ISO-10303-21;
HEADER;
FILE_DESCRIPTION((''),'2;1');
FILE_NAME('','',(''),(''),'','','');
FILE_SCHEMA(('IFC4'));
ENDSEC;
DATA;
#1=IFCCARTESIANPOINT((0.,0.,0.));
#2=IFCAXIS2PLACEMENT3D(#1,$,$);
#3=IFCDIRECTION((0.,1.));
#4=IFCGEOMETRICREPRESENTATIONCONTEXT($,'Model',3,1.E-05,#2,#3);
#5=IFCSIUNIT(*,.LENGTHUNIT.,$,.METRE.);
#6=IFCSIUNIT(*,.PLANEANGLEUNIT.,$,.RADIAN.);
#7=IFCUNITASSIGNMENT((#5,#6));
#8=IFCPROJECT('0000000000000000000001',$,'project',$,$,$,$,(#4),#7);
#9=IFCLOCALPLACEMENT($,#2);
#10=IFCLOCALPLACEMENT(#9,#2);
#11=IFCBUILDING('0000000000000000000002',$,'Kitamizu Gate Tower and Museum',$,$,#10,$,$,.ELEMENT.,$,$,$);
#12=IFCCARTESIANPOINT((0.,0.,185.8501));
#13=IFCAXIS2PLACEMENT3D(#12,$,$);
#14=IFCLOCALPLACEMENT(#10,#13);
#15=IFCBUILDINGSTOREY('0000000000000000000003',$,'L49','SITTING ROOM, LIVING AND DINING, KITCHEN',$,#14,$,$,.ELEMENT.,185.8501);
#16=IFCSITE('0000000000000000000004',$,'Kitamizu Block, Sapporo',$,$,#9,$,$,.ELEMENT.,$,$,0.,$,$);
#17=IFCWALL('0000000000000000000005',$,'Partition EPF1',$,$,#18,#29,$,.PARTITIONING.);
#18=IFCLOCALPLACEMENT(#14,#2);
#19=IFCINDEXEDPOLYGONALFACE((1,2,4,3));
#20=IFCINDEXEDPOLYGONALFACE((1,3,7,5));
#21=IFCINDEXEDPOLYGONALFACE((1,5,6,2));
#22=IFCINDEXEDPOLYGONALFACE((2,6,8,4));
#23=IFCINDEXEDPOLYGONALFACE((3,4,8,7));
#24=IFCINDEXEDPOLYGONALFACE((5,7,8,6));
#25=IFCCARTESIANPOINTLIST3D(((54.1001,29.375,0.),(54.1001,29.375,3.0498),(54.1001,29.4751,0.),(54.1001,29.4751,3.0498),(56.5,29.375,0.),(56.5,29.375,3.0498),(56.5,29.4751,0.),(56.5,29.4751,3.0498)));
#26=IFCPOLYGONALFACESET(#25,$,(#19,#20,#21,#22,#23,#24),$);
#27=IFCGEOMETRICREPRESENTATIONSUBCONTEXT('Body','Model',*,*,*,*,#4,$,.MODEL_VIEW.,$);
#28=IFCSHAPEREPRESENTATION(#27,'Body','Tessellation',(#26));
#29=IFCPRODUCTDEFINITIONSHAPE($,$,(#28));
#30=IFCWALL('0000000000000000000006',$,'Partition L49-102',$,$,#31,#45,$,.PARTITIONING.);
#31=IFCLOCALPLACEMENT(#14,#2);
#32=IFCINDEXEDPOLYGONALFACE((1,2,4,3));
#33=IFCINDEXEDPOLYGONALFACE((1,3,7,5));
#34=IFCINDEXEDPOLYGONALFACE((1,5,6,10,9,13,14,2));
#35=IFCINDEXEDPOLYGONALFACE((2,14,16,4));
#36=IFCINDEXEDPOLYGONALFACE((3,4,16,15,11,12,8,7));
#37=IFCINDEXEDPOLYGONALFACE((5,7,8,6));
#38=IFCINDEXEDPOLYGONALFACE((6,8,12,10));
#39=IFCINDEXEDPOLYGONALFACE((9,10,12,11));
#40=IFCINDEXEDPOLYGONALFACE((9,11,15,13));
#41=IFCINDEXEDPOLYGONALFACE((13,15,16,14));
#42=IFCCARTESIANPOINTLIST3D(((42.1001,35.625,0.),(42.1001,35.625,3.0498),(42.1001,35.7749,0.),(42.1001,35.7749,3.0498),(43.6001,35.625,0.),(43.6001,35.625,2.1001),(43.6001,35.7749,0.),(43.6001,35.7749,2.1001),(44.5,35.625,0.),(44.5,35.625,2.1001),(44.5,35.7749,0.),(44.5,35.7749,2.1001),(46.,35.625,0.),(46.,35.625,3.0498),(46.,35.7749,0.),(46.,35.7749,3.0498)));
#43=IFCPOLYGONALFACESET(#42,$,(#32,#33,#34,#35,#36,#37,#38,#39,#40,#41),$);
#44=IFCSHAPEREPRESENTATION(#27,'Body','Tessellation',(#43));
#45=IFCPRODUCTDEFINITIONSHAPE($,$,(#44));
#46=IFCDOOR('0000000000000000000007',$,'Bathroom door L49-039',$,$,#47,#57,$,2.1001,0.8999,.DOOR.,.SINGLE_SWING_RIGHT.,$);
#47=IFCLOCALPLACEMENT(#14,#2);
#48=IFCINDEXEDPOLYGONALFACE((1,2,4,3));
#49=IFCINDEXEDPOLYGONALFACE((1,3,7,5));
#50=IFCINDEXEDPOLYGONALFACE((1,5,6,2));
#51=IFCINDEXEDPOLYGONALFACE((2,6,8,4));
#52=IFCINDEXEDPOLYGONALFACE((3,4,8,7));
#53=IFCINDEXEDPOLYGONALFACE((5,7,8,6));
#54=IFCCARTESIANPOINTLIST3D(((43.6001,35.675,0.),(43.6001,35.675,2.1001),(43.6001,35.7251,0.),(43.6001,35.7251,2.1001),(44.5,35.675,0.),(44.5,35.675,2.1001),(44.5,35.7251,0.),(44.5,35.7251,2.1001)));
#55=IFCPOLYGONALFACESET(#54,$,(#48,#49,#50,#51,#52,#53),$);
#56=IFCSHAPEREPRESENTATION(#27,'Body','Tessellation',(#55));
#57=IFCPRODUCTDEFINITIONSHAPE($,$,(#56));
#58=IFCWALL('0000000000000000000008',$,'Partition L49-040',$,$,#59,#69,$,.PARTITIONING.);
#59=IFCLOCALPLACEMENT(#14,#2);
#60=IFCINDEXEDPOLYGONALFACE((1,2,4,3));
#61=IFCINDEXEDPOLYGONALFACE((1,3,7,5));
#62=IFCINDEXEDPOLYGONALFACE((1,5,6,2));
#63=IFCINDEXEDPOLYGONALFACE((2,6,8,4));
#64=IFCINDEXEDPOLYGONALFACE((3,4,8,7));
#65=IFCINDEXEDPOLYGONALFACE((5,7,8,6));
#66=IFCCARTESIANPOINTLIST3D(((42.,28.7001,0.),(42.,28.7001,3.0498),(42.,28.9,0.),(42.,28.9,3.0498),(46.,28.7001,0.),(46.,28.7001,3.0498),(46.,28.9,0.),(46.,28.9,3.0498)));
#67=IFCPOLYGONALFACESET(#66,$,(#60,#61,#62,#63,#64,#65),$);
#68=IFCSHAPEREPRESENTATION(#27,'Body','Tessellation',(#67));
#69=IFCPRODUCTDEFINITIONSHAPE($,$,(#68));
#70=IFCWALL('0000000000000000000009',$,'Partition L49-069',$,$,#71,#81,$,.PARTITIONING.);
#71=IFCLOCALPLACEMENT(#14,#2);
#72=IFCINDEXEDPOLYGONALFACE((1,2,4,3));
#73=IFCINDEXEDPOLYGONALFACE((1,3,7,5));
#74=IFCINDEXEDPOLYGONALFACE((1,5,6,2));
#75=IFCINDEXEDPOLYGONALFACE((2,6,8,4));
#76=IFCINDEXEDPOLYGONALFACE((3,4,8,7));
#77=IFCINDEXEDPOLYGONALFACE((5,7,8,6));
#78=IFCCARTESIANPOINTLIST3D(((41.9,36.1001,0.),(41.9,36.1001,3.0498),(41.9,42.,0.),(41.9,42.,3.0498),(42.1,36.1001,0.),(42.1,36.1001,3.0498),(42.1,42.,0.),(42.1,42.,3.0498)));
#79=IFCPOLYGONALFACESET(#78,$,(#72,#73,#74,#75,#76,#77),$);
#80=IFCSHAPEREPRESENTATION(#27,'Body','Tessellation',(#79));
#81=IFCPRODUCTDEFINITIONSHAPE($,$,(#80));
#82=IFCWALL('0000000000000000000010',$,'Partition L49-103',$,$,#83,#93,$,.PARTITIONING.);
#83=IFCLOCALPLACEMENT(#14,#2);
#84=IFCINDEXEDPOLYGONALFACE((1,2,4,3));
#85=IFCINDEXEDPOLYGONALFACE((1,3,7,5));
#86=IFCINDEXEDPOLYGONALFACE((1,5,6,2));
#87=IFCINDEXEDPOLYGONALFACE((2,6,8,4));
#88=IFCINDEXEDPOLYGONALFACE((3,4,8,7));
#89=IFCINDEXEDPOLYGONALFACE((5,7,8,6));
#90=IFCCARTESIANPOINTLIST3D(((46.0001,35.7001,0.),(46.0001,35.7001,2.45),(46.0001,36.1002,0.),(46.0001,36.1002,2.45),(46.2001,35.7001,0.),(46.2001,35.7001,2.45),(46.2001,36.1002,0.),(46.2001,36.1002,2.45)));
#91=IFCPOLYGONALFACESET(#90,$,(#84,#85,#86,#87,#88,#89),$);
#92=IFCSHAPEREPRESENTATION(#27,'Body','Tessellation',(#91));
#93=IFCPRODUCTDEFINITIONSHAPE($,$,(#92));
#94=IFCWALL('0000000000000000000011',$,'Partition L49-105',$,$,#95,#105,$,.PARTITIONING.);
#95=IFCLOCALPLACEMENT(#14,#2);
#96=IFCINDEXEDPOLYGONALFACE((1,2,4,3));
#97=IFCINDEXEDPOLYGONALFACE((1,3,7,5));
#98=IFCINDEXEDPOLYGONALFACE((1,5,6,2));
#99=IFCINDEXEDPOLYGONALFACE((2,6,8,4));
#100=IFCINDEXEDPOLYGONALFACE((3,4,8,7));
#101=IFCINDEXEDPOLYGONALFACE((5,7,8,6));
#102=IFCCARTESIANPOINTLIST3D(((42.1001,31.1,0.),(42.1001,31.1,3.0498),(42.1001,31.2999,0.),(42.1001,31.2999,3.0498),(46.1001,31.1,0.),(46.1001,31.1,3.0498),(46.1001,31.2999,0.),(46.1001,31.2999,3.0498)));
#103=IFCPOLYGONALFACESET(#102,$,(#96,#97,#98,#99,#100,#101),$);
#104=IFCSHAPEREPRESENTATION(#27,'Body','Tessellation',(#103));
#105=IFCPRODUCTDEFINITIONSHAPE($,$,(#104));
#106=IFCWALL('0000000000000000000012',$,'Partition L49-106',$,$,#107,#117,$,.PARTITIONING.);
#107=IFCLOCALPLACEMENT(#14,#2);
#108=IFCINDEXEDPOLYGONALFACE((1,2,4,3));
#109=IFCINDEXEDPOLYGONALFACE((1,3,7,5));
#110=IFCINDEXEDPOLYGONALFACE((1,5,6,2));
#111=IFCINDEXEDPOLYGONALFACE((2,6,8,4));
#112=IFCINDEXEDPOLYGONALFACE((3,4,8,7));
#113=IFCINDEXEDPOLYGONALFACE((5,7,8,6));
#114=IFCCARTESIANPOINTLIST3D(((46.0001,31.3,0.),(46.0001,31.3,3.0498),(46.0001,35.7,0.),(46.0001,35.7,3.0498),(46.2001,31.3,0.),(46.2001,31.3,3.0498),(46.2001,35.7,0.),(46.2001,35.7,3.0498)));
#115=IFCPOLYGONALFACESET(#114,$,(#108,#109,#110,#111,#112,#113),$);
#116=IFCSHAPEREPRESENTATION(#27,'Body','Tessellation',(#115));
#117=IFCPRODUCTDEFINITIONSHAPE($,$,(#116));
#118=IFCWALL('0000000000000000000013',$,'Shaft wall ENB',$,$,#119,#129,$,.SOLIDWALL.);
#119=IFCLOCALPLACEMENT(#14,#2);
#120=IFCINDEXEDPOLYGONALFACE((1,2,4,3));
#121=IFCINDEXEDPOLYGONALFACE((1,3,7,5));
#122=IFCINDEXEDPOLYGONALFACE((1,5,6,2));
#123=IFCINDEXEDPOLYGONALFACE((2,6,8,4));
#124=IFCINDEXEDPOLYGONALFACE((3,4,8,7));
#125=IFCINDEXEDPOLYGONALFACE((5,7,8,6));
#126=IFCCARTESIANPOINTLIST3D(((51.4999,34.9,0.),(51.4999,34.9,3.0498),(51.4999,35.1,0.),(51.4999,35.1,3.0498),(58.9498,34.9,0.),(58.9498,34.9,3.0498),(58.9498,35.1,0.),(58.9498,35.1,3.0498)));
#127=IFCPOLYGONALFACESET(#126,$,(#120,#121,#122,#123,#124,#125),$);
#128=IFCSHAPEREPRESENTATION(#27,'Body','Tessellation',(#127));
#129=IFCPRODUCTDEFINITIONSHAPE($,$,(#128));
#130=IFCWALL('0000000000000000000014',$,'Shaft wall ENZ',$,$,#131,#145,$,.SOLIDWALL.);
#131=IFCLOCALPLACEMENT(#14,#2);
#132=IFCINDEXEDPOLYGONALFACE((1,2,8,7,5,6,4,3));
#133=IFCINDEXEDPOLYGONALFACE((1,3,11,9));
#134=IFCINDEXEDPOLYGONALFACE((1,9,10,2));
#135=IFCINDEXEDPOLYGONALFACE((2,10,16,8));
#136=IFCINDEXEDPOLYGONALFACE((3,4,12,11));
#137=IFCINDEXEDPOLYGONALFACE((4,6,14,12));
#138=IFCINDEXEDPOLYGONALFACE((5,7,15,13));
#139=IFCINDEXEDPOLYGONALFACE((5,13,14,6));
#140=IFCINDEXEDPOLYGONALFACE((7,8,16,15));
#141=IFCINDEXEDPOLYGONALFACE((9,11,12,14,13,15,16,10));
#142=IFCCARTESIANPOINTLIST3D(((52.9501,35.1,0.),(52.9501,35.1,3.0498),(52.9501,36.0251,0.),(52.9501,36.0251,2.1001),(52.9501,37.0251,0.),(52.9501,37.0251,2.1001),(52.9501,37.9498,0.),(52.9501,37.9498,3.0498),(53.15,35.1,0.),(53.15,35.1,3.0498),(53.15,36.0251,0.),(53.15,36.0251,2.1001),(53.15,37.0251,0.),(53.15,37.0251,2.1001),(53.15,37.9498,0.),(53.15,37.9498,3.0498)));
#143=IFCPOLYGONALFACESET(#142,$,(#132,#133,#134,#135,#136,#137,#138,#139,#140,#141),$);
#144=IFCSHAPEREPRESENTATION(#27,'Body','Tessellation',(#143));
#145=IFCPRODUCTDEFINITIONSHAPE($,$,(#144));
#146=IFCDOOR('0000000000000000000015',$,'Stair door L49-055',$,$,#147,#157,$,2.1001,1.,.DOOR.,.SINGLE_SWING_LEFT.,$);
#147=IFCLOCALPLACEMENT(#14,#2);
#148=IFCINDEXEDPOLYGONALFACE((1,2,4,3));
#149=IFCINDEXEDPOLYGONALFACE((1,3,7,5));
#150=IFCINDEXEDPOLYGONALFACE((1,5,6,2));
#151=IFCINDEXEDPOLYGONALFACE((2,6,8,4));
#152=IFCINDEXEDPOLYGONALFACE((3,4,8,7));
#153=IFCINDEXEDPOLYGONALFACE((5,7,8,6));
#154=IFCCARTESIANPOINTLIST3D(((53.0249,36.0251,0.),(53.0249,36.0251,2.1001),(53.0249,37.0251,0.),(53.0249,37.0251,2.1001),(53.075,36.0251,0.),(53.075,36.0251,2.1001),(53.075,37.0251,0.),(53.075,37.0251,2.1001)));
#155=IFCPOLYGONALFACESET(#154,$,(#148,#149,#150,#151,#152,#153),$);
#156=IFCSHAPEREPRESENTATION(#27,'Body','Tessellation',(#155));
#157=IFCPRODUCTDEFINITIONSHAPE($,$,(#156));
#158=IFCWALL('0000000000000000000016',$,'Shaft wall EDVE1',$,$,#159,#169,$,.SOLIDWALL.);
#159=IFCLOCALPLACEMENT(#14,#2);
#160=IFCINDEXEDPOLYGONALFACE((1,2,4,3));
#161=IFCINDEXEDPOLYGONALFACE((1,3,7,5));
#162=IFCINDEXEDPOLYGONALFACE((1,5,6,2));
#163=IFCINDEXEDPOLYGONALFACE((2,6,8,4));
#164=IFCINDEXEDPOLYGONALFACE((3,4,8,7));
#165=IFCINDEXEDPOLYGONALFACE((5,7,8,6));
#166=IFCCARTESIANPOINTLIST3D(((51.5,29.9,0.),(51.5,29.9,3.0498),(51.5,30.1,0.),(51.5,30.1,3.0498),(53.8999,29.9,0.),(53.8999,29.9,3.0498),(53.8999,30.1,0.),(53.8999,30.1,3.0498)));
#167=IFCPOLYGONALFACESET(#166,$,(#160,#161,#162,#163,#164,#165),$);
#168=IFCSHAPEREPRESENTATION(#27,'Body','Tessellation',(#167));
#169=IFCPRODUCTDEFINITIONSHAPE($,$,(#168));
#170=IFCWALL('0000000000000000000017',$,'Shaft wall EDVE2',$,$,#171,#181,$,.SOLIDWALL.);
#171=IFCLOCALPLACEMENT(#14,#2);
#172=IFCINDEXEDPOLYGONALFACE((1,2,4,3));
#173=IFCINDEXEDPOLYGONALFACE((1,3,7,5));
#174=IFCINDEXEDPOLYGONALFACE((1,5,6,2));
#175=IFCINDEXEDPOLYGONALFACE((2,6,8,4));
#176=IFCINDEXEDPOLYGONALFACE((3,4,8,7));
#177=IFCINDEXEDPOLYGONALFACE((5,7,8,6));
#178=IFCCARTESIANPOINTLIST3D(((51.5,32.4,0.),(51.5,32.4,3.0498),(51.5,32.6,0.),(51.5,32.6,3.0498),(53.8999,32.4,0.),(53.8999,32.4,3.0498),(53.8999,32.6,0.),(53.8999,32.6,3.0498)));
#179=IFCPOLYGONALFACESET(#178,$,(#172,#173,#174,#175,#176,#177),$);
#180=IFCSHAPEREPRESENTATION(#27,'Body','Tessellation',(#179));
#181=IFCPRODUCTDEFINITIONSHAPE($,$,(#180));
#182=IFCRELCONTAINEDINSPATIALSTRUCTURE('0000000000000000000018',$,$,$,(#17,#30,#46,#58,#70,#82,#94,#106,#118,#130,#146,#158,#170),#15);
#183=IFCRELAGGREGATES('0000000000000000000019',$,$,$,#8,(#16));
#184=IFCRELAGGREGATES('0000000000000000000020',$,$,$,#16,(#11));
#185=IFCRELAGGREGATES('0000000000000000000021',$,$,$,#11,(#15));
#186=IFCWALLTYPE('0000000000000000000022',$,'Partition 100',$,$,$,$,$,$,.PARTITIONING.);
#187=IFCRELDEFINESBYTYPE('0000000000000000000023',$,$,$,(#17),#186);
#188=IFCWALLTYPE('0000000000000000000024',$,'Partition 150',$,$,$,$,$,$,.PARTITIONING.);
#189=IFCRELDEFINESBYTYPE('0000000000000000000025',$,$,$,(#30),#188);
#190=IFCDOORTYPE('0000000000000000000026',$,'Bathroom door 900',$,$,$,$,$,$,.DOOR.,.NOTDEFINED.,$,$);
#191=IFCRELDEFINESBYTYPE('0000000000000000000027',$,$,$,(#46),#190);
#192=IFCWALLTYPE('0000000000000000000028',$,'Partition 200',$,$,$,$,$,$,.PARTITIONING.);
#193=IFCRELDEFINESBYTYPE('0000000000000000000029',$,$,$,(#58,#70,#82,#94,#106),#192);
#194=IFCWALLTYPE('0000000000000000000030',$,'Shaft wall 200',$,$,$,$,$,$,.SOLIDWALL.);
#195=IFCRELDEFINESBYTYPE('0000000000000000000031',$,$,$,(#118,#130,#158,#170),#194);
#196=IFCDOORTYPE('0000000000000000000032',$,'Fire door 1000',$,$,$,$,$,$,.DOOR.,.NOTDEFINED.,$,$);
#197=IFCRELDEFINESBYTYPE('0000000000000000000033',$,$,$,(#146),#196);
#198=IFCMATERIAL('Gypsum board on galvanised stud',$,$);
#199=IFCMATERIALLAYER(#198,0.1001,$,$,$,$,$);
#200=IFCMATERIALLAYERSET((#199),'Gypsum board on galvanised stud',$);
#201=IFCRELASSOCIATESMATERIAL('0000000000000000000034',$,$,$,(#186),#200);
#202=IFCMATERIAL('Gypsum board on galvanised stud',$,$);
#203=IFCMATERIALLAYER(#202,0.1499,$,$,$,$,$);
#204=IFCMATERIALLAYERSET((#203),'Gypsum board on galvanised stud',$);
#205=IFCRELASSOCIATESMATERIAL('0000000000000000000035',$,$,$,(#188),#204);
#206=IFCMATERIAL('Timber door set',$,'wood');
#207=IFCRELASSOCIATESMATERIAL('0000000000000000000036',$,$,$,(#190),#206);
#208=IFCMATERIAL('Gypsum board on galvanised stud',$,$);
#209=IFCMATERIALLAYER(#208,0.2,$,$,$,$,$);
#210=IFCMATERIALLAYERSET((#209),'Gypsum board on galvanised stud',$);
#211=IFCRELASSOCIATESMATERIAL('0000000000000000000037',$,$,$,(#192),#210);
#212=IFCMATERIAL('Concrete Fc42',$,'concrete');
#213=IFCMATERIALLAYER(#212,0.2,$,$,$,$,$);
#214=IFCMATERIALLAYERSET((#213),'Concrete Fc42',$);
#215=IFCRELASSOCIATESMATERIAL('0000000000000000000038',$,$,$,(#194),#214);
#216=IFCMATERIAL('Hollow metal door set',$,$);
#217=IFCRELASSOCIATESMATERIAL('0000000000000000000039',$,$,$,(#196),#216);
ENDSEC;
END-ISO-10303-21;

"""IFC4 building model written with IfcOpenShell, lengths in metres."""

from ifc_helpers import new_model, si_unit, direction, frame, frame_2d, origin, place, context, subcontext, project, spatial, rectangle, extrude, material, layer, layer_set, type_object, element, fill, save


model = new_model("IFC4")

# Units and contexts
model_context = context("Model", 3, precision=1e-05, world=origin(), true_north=direction((0.0, 1.0)))
body_context = subcontext(model_context, "Body", "Model", "MODEL_VIEW")
ifc_project = project(units=[si_unit("LENGTHUNIT", "METRE"), si_unit("PLANEANGLEUNIT", "RADIAN")], contexts=[model_context])

# Site, building, storey
site_placement = place(None, origin())
site = spatial("IfcSite", under=ifc_project, at=site_placement, Name="Kitamizu Block, Sapporo", CompositionType="ELEMENT", RefElevation=0.0)
building_placement = place(site_placement, origin())
building = spatial("IfcBuilding", under=site, at=building_placement, Name="Kitamizu Gate Tower and Museum", CompositionType="ELEMENT")
storey_placement = place(building_placement, frame((0.0, 0.0, 185.8501)))
storey = spatial("IfcBuildingStorey", under=building, at=storey_placement, Name="L49", Description="SITTING ROOM, LIVING AND DINING, KITCHEN", CompositionType="ELEMENT", Elevation=185.8501)

# Wall
ifc_material_1 = material(Name="Gypsum board on galvanised stud")
ifc_layer_1 = layer(ifc_material_1, 0.1001)
ifc_layer_set_1 = layer_set([ifc_layer_1], Name="Gypsum board on galvanised stud")
wall_type_1 = type_object("IfcWallType", Name="Partition 100", PredefinedType="PARTITIONING", material=ifc_layer_set_1)
wall_1_placement = place(storey_placement, frame((56.5, 29.425, 0.0), z_axis=(0.0, 0.0, 1.0), x_axis=(-1.0, 0.0, 0.0)))
element("IfcWall", 1, at=wall_1_placement, inside=storey, type_object=wall_type_1, Name="Partition EPF1", PredefinedType="PARTITIONING", context=body_context, shape_type="SweptSolid", body=[
    extrude(rectangle(XDim=2.3999, YDim=0.1001, at=frame_2d((1.2, 0.0))), origin(), (0.0, 0.0, 1.0), 3.0498),
])

# Wall, opening, door
ifc_material_2 = material(Name="Gypsum board on galvanised stud")
ifc_layer_2 = layer(ifc_material_2, 0.1499)
ifc_layer_set_2 = layer_set([ifc_layer_2], Name="Gypsum board on galvanised stud")
wall_type_2 = type_object("IfcWallType", Name="Partition 150", PredefinedType="PARTITIONING", material=ifc_layer_set_2)
wall_2_placement = place(storey_placement, frame((42.1001, 35.7, 0.0), z_axis=(0.0, 0.0, 1.0), x_axis=(1.0, 0.0, 0.0)))
wall_2 = element("IfcWall", 2, at=wall_2_placement, inside=storey, type_object=wall_type_2, Name="Partition L49-102", PredefinedType="PARTITIONING", context=body_context, shape_type="SweptSolid", body=[
    extrude(rectangle(XDim=3.8999, YDim=0.1499, at=frame_2d((1.95, 0.0))), origin(), (0.0, 0.0, 1.0), 3.0498),
])
opening_1_placement = place(wall_2_placement, frame((1.5, 0.0, 0.0)))
opening_1 = element("IfcOpeningElement", 3, at=opening_1_placement, cuts=wall_2, PredefinedType="OPENING", context=body_context, shape_type="SweptSolid", body=[
    extrude(rectangle(XDim=0.8999, YDim=2.1001, at=frame_2d((0.45, 1.05))), frame((0.0, 0.085, 0.0), z_axis=(0.0, -1.0, 0.0), x_axis=(1.0, 0.0, 0.0)), (0.0, 0.0, 1.0), 0.1699),
])
ifc_material_3 = material(Name="Timber door set", Category="wood")
door_type_1 = type_object("IfcDoorType", Name="Bathroom door 900", OperationType="NOTDEFINED", PredefinedType="DOOR", material=ifc_material_3)
door_1_placement = place(opening_1_placement, frame((0.8999, 0.0, 0.0), x_axis=(-1.0, 0.0, 0.0)))
door_1 = element("IfcDoor", 4, at=door_1_placement, inside=storey, type_object=door_type_1, Name="Bathroom door L49-039", OperationType="SINGLE_SWING_RIGHT", OverallHeight=2.1001, OverallWidth=0.8999, PredefinedType="DOOR", context=body_context, shape_type="SweptSolid", body=[
    extrude(rectangle(XDim=0.8999, YDim=2.1001, at=frame_2d((0.45, 1.05))), frame((0.0, 0.0249, 0.0), z_axis=(0.0, -1.0, 0.0), x_axis=(1.0, 0.0, 0.0)), (0.0, 0.0, 1.0), 0.05),
])
fill(opening_1, door_1)

# Walls
ifc_material_4 = material(Name="Gypsum board on galvanised stud")
ifc_layer_3 = layer(ifc_material_4, 0.2)
ifc_layer_set_3 = layer_set([ifc_layer_3], Name="Gypsum board on galvanised stud")
wall_type_3 = type_object("IfcWallType", Name="Partition 200", PredefinedType="PARTITIONING", material=ifc_layer_set_3)
wall_3_placement = place(storey_placement, frame((46.0, 28.8, 0.0), z_axis=(0.0, 0.0, 1.0), x_axis=(-1.0, 0.0, 0.0)))
element("IfcWall", 5, at=wall_3_placement, inside=storey, type_object=wall_type_3, Name="Partition L49-040", PredefinedType="PARTITIONING", context=body_context, shape_type="SweptSolid", body=[
    extrude(rectangle(XDim=4.0, YDim=0.2, at=frame_2d((2.0, 0.0))), origin(), (0.0, 0.0, 1.0), 3.0498),
])
wall_4_placement = place(storey_placement, frame((42.0, 36.1001, 0.0), z_axis=(0.0, 0.0, 1.0), x_axis=(0.0, 1.0, 0.0)))
element("IfcWall", 6, at=wall_4_placement, inside=storey, type_object=wall_type_3, Name="Partition L49-069", PredefinedType="PARTITIONING", context=body_context, shape_type="SweptSolid", body=[
    extrude(rectangle(XDim=5.8999, YDim=0.2, at=frame_2d((2.95, 0.0))), origin(), (0.0, 0.0, 1.0), 3.0498),
])
wall_5_placement = place(storey_placement, frame((46.1001, 35.7, 0.0), z_axis=(0.0, 0.0, 1.0), x_axis=(0.0, 1.0, 0.0)))
element("IfcWall", 7, at=wall_5_placement, inside=storey, type_object=wall_type_3, Name="Partition L49-103", PredefinedType="PARTITIONING", context=body_context, shape_type="SweptSolid", body=[
    extrude(rectangle(XDim=0.4001, YDim=0.2, at=frame_2d((0.2002, 0.0))), origin(), (0.0, 0.0, 1.0), 2.45),
])
wall_6_placement = place(storey_placement, frame((42.1001, 31.2, 0.0), z_axis=(0.0, 0.0, 1.0), x_axis=(1.0, 0.0, 0.0)))
element("IfcWall", 8, at=wall_6_placement, inside=storey, type_object=wall_type_3, Name="Partition L49-105", PredefinedType="PARTITIONING", context=body_context, shape_type="SweptSolid", body=[
    extrude(rectangle(XDim=4.0, YDim=0.2, at=frame_2d((2.0, 0.0))), origin(), (0.0, 0.0, 1.0), 3.0498),
])
wall_7_placement = place(storey_placement, frame((46.1001, 31.3, 0.0), z_axis=(0.0, 0.0, 1.0), x_axis=(0.0, 1.0, 0.0)))
element("IfcWall", 9, at=wall_7_placement, inside=storey, type_object=wall_type_3, Name="Partition L49-106", PredefinedType="PARTITIONING", context=body_context, shape_type="SweptSolid", body=[
    extrude(rectangle(XDim=4.3999, YDim=0.2, at=frame_2d((2.2, 0.0))), origin(), (0.0, 0.0, 1.0), 3.0498),
])
ifc_material_5 = material(Name="Concrete Fc42", Category="concrete")
ifc_layer_4 = layer(ifc_material_5, 0.2)
ifc_layer_set_4 = layer_set([ifc_layer_4], Name="Concrete Fc42")
wall_type_4 = type_object("IfcWallType", Name="Shaft wall 200", PredefinedType="SOLIDWALL", material=ifc_layer_set_4)
wall_8_placement = place(storey_placement, frame((58.95, 35.0, 0.0), z_axis=(0.0, 0.0, 1.0), x_axis=(-1.0, 0.0, 0.0)))
element("IfcWall", 10, at=wall_8_placement, inside=storey, type_object=wall_type_4, Name="Shaft wall ENB", PredefinedType="SOLIDWALL", context=body_context, shape_type="SweptSolid", body=[
    extrude(rectangle(XDim=7.45, YDim=0.2, at=frame_2d((3.7251, 0.0))), origin(), (0.0, 0.0, 1.0), 3.0498),
])

# Wall, opening, door
wall_9_placement = place(storey_placement, frame((53.05, 35.1001, 0.0), z_axis=(0.0, 0.0, 1.0), x_axis=(0.0, 1.0, 0.0)))
wall_9 = element("IfcWall", 11, at=wall_9_placement, inside=storey, type_object=wall_type_4, Name="Shaft wall ENZ", PredefinedType="SOLIDWALL", context=body_context, shape_type="SweptSolid", body=[
    extrude(rectangle(XDim=2.8499, YDim=0.2, at=frame_2d((1.4248, 0.0))), origin(), (0.0, 0.0, 1.0), 3.0498),
])
opening_2_placement = place(wall_9_placement, frame((0.925, 0.0, 0.0)))
opening_2 = element("IfcOpeningElement", 12, at=opening_2_placement, cuts=wall_9, PredefinedType="OPENING", context=body_context, shape_type="SweptSolid", body=[
    extrude(rectangle(XDim=1.0, YDim=2.1001, at=frame_2d((0.5, 1.05))), frame((0.0, 0.1099, 0.0), z_axis=(0.0, -1.0, 0.0), x_axis=(1.0, 0.0, 0.0)), (0.0, 0.0, 1.0), 0.22),
])
ifc_material_6 = material(Name="Hollow metal door set")
door_type_2 = type_object("IfcDoorType", Name="Fire door 1000", OperationType="NOTDEFINED", PredefinedType="DOOR", material=ifc_material_6)
door_2_placement = place(opening_2_placement, frame((1.0, 0.0, 0.0), x_axis=(-1.0, 0.0, 0.0)))
door_2 = element("IfcDoor", 13, at=door_2_placement, inside=storey, type_object=door_type_2, Name="Stair door L49-055", OperationType="SINGLE_SWING_LEFT", OverallHeight=2.1001, OverallWidth=1.0, PredefinedType="DOOR", context=body_context, shape_type="SweptSolid", body=[
    extrude(rectangle(XDim=1.0, YDim=2.1001, at=frame_2d((0.5, 1.05))), frame((0.0, 0.0249, 0.0), z_axis=(0.0, -1.0, 0.0), x_axis=(1.0, 0.0, 0.0)), (0.0, 0.0, 1.0), 0.05),
])
fill(opening_2, door_2)

# Walls
for number, where, z_axis, x_axis, name in (
    (14, (53.8999, 30.0, 0.0), (0.0, 0.0, 1.0), (-1.0, 0.0, 0.0), "Shaft wall EDVE1"),
    (15, (53.8999, 32.5, 0.0), (0.0, 0.0, 1.0), (-1.0, 0.0, 0.0), "Shaft wall EDVE2"),
):
    element("IfcWall", number, at=place(storey_placement, frame(where, z_axis=z_axis, x_axis=x_axis)), inside=storey, type_object=wall_type_4, Name=name, PredefinedType="SOLIDWALL", context=body_context, shape_type="SweptSolid", body=[
        extrude(rectangle(XDim=2.3999, YDim=0.2, at=frame_2d((1.2, 0.0))), origin(), (0.0, 0.0, 1.0), 3.0498),
    ])

save(model, "model.ifc")
